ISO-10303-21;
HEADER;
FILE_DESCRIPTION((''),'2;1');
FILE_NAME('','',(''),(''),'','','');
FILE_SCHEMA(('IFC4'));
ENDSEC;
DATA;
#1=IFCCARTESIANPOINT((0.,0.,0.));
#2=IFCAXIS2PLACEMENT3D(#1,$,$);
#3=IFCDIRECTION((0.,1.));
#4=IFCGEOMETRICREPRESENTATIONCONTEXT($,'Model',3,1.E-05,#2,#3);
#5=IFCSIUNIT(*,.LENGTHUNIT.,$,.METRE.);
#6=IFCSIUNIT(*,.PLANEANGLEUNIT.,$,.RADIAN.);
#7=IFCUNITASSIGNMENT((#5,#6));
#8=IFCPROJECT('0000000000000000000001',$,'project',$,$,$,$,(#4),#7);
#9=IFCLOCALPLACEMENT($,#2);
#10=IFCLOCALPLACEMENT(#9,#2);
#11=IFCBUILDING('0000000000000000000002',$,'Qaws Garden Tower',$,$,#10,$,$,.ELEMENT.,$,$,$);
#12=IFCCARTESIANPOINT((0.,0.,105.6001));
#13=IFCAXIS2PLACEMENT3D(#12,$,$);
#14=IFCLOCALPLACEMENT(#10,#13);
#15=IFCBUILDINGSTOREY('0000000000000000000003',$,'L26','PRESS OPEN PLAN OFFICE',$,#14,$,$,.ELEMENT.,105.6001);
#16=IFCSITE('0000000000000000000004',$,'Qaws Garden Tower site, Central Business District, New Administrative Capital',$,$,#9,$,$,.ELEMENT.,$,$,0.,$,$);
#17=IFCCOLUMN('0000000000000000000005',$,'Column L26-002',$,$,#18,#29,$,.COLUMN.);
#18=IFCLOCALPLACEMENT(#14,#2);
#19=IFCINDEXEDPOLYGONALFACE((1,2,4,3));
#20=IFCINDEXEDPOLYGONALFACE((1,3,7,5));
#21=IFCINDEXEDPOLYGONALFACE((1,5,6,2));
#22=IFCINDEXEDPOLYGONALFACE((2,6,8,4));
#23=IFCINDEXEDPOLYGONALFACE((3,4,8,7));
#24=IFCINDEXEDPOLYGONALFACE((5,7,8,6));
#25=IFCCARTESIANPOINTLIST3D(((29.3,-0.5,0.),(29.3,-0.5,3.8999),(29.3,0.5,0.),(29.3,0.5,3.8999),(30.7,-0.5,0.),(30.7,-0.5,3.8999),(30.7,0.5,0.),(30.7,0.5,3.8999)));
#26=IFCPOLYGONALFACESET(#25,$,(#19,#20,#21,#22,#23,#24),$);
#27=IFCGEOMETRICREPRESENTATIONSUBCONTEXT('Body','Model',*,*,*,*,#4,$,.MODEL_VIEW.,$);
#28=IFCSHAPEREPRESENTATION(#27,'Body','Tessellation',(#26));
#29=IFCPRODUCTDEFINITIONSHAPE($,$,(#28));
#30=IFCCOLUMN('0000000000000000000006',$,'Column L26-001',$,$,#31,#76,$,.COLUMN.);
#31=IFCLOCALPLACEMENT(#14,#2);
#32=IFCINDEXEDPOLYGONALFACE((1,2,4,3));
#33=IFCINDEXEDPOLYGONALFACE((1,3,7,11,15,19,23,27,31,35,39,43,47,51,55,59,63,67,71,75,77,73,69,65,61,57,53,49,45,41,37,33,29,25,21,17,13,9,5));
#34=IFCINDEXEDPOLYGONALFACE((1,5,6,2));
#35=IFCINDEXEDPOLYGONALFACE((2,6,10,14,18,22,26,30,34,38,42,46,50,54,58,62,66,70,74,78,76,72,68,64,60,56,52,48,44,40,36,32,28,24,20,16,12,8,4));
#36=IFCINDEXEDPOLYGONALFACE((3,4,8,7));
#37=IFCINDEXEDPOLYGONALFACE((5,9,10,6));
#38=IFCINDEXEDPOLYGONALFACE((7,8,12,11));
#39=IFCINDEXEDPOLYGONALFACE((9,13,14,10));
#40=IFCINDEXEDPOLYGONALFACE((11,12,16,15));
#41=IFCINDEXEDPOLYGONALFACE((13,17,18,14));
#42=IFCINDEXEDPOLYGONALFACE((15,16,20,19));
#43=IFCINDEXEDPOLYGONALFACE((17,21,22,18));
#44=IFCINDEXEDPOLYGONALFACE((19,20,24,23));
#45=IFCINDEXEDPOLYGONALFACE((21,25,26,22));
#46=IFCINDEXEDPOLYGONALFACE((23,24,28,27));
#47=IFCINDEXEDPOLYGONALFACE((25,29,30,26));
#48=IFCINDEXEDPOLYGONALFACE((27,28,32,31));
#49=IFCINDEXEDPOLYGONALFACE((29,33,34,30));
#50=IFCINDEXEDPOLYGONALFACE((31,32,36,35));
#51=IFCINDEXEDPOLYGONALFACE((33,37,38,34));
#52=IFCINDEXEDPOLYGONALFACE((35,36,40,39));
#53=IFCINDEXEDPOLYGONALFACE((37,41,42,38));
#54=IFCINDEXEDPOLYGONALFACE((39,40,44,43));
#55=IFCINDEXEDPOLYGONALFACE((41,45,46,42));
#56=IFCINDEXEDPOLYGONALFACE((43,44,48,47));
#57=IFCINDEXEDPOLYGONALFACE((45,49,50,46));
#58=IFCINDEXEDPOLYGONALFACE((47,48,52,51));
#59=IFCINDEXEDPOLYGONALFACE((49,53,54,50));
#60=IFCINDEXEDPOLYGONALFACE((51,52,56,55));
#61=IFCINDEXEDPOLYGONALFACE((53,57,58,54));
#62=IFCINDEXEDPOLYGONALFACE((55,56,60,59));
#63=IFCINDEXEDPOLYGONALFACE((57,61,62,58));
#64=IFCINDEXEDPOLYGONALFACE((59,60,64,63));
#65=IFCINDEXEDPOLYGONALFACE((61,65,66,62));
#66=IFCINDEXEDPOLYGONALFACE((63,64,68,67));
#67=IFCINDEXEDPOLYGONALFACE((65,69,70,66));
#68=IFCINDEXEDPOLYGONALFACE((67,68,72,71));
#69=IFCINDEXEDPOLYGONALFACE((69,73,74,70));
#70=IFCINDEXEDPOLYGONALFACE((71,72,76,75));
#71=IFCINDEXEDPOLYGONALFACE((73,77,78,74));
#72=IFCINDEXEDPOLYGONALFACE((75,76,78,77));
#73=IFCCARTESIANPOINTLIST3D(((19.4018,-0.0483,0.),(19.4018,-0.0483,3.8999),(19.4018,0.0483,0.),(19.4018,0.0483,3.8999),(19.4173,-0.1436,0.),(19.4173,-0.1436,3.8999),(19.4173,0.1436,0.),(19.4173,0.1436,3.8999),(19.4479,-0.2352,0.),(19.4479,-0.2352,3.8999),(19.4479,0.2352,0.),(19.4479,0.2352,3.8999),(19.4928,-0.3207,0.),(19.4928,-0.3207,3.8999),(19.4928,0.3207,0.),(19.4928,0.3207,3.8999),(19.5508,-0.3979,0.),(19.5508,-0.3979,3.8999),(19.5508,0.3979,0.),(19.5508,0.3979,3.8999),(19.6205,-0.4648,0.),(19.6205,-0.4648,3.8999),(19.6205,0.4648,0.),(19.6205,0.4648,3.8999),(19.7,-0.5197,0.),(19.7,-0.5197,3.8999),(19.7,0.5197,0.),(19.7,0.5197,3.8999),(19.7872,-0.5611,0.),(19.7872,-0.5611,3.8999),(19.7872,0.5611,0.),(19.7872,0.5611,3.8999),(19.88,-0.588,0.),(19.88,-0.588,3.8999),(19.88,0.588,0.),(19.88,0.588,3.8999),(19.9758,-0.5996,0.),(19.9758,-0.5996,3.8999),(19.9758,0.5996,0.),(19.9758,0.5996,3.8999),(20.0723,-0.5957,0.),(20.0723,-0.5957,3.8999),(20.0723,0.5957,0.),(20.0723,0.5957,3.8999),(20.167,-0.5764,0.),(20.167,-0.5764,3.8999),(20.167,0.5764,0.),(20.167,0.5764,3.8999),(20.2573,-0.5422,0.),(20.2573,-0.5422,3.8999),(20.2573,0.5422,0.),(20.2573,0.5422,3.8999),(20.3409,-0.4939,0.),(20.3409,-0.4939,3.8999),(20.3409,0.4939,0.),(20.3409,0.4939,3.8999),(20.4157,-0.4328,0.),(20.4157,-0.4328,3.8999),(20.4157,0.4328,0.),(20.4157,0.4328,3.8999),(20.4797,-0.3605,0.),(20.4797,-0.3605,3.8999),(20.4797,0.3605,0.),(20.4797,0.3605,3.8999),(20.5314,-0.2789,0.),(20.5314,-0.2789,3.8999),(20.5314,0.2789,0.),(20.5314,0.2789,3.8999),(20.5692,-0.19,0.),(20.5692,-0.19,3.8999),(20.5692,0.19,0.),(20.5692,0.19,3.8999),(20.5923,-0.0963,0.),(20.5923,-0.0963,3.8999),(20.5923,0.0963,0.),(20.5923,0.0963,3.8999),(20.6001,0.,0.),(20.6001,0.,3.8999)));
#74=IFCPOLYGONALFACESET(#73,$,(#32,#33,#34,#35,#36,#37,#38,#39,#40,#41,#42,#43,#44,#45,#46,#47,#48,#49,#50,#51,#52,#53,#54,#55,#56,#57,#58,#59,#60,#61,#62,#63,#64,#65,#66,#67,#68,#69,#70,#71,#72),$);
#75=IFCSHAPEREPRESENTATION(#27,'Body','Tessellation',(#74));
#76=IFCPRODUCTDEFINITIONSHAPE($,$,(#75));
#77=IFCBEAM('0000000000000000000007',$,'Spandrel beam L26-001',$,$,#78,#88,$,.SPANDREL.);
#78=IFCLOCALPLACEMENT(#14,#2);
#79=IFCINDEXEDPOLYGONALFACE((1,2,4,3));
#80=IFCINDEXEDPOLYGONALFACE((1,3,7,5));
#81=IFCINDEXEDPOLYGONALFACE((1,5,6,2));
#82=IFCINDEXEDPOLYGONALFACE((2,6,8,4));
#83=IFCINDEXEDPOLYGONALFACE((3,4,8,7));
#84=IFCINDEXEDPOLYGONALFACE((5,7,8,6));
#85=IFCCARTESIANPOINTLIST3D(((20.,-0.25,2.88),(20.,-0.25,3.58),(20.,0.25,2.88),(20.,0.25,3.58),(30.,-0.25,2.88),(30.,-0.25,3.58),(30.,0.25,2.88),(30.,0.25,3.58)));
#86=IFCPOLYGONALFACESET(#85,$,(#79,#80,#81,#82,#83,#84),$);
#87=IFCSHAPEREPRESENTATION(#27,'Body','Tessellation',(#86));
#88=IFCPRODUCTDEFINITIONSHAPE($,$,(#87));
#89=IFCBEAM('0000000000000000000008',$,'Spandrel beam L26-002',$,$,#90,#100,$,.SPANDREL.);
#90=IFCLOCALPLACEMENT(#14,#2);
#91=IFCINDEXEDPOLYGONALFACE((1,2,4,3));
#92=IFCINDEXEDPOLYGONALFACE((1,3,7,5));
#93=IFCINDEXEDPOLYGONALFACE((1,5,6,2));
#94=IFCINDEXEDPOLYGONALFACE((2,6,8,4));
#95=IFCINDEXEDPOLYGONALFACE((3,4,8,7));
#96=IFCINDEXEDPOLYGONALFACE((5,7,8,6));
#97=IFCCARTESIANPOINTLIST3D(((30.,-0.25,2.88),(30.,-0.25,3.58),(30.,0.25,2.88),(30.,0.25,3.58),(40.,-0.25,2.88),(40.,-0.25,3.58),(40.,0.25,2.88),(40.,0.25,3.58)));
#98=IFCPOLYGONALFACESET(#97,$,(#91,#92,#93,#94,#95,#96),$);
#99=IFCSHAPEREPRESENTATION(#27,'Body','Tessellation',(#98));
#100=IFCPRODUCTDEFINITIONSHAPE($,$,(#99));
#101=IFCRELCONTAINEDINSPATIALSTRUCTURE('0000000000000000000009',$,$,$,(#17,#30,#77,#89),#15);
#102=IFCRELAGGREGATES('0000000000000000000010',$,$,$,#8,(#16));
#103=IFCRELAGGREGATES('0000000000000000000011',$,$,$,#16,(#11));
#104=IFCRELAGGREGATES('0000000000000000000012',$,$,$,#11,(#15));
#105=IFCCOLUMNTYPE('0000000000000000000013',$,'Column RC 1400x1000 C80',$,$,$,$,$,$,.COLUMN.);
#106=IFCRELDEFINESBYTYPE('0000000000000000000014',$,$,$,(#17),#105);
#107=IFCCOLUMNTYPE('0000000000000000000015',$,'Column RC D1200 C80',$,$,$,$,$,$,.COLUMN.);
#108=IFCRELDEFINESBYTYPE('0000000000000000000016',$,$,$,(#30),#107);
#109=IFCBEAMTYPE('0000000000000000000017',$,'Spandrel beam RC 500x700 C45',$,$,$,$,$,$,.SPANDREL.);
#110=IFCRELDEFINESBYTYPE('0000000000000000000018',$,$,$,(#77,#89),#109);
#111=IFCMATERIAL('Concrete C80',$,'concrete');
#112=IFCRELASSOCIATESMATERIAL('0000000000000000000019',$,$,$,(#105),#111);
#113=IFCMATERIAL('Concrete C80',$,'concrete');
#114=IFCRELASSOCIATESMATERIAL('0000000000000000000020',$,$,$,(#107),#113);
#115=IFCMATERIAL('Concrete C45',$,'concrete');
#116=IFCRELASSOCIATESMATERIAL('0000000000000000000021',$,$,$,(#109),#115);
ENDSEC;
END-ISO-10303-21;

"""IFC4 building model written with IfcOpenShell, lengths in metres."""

from ifc_helpers import new_model, si_unit, direction, frame, origin, origin_2d, place, context, subcontext, project, spatial, rectangle, circle, extrude, material, material_profile, profile_set, type_object, element, save


model = new_model("IFC4")

# Units and contexts
model_context = context("Model", 3, precision=1e-05, world=origin(), true_north=direction((0.0, 1.0)))
body_context = subcontext(model_context, "Body", "Model", "MODEL_VIEW")
ifc_project = project(units=[si_unit("LENGTHUNIT", "METRE"), si_unit("PLANEANGLEUNIT", "RADIAN")], contexts=[model_context])

# Site, building, storey
site_placement = place(None, origin())
site = spatial("IfcSite", under=ifc_project, at=site_placement, Name="Qaws Garden Tower site, Central Business District, New Administrative Capital", CompositionType="ELEMENT", RefElevation=0.0)
building_placement = place(site_placement, origin())
building = spatial("IfcBuilding", under=site, at=building_placement, Name="Qaws Garden Tower", CompositionType="ELEMENT")
storey_placement = place(building_placement, frame((0.0, 0.0, 105.6001)))
storey = spatial("IfcBuildingStorey", under=building, at=storey_placement, Name="L26", Description="PRESS OPEN PLAN OFFICE", CompositionType="ELEMENT", Elevation=105.6001)

# Columns
ifc_material_1 = material(Name="Concrete C80", Category="concrete")
ifc_material_profile_1 = material_profile(ifc_material_1, rectangle(XDim=1.3999, YDim=1.0, at=origin_2d()), Name="RC 1400x1000")
ifc_profile_set_1 = profile_set([ifc_material_profile_1], Name="Concrete C80")
column_type_1 = type_object("IfcColumnType", Name="Column RC 1400x1000 C80", PredefinedType="COLUMN", material=ifc_profile_set_1)
column_1_placement = place(storey_placement, frame((30.0, 0.0, 0.0), z_axis=(0.0, 0.0, 1.0), x_axis=(1.0, 0.0, 0.0)))
element("IfcColumn", 1, at=column_1_placement, inside=storey, type_object=column_type_1, Name="Column L26-002", PredefinedType="COLUMN", context=body_context, shape_type="SweptSolid", body=[
    extrude(rectangle(XDim=1.3999, YDim=1.0, at=origin_2d()), origin(), (0.0, 0.0, 1.0), 3.8999),
])
ifc_material_2 = material(Name="Concrete C80", Category="concrete")
ifc_material_profile_2 = material_profile(ifc_material_2, circle(Radius=0.6001, at=origin_2d()), Name="RC D1200")
ifc_profile_set_2 = profile_set([ifc_material_profile_2], Name="Concrete C80")
column_type_2 = type_object("IfcColumnType", Name="Column RC D1200 C80", PredefinedType="COLUMN", material=ifc_profile_set_2)
column_2_placement = place(storey_placement, frame((20.0, 0.0, 0.0), z_axis=(0.0, 0.0, 1.0), x_axis=(1.0, 0.0, 0.0)))
element("IfcColumn", 2, at=column_2_placement, inside=storey, type_object=column_type_2, Name="Column L26-001", PredefinedType="COLUMN", context=body_context, shape_type="SweptSolid", body=[
    extrude(circle(Radius=0.6001, at=origin_2d()), origin(), (0.0, 0.0, 1.0), 3.8999),
])

# Beams
ifc_material_3 = material(Name="Concrete C45", Category="concrete")
ifc_material_profile_3 = material_profile(ifc_material_3, rectangle(XDim=0.5, YDim=0.7, at=origin_2d()), Name="RC 500x700")
ifc_profile_set_3 = profile_set([ifc_material_profile_3], Name="Concrete C45")
beam_type = type_object("IfcBeamType", Name="Spandrel beam RC 500x700 C45", PredefinedType="SPANDREL", material=ifc_profile_set_3)
for number, where, z_axis, x_axis, name in (
    (3, (20.0, 0.0, 3.23), (1.0, 0.0, 0.0), (0.0, 1.0, 0.0), "Spandrel beam L26-001"),
    (4, (30.0, 0.0, 3.23), (1.0, 0.0, 0.0), (0.0, 1.0, 0.0), "Spandrel beam L26-002"),
):
    element("IfcBeam", number, at=place(storey_placement, frame(where, z_axis=z_axis, x_axis=x_axis)), inside=storey, type_object=beam_type, Name=name, PredefinedType="SPANDREL", context=body_context, shape_type="SweptSolid", body=[
        extrude(rectangle(XDim=0.5, YDim=0.7, at=origin_2d()), origin(), (0.0, 0.0, 1.0), 10.0),
    ])

save(model, "model.ifc")
